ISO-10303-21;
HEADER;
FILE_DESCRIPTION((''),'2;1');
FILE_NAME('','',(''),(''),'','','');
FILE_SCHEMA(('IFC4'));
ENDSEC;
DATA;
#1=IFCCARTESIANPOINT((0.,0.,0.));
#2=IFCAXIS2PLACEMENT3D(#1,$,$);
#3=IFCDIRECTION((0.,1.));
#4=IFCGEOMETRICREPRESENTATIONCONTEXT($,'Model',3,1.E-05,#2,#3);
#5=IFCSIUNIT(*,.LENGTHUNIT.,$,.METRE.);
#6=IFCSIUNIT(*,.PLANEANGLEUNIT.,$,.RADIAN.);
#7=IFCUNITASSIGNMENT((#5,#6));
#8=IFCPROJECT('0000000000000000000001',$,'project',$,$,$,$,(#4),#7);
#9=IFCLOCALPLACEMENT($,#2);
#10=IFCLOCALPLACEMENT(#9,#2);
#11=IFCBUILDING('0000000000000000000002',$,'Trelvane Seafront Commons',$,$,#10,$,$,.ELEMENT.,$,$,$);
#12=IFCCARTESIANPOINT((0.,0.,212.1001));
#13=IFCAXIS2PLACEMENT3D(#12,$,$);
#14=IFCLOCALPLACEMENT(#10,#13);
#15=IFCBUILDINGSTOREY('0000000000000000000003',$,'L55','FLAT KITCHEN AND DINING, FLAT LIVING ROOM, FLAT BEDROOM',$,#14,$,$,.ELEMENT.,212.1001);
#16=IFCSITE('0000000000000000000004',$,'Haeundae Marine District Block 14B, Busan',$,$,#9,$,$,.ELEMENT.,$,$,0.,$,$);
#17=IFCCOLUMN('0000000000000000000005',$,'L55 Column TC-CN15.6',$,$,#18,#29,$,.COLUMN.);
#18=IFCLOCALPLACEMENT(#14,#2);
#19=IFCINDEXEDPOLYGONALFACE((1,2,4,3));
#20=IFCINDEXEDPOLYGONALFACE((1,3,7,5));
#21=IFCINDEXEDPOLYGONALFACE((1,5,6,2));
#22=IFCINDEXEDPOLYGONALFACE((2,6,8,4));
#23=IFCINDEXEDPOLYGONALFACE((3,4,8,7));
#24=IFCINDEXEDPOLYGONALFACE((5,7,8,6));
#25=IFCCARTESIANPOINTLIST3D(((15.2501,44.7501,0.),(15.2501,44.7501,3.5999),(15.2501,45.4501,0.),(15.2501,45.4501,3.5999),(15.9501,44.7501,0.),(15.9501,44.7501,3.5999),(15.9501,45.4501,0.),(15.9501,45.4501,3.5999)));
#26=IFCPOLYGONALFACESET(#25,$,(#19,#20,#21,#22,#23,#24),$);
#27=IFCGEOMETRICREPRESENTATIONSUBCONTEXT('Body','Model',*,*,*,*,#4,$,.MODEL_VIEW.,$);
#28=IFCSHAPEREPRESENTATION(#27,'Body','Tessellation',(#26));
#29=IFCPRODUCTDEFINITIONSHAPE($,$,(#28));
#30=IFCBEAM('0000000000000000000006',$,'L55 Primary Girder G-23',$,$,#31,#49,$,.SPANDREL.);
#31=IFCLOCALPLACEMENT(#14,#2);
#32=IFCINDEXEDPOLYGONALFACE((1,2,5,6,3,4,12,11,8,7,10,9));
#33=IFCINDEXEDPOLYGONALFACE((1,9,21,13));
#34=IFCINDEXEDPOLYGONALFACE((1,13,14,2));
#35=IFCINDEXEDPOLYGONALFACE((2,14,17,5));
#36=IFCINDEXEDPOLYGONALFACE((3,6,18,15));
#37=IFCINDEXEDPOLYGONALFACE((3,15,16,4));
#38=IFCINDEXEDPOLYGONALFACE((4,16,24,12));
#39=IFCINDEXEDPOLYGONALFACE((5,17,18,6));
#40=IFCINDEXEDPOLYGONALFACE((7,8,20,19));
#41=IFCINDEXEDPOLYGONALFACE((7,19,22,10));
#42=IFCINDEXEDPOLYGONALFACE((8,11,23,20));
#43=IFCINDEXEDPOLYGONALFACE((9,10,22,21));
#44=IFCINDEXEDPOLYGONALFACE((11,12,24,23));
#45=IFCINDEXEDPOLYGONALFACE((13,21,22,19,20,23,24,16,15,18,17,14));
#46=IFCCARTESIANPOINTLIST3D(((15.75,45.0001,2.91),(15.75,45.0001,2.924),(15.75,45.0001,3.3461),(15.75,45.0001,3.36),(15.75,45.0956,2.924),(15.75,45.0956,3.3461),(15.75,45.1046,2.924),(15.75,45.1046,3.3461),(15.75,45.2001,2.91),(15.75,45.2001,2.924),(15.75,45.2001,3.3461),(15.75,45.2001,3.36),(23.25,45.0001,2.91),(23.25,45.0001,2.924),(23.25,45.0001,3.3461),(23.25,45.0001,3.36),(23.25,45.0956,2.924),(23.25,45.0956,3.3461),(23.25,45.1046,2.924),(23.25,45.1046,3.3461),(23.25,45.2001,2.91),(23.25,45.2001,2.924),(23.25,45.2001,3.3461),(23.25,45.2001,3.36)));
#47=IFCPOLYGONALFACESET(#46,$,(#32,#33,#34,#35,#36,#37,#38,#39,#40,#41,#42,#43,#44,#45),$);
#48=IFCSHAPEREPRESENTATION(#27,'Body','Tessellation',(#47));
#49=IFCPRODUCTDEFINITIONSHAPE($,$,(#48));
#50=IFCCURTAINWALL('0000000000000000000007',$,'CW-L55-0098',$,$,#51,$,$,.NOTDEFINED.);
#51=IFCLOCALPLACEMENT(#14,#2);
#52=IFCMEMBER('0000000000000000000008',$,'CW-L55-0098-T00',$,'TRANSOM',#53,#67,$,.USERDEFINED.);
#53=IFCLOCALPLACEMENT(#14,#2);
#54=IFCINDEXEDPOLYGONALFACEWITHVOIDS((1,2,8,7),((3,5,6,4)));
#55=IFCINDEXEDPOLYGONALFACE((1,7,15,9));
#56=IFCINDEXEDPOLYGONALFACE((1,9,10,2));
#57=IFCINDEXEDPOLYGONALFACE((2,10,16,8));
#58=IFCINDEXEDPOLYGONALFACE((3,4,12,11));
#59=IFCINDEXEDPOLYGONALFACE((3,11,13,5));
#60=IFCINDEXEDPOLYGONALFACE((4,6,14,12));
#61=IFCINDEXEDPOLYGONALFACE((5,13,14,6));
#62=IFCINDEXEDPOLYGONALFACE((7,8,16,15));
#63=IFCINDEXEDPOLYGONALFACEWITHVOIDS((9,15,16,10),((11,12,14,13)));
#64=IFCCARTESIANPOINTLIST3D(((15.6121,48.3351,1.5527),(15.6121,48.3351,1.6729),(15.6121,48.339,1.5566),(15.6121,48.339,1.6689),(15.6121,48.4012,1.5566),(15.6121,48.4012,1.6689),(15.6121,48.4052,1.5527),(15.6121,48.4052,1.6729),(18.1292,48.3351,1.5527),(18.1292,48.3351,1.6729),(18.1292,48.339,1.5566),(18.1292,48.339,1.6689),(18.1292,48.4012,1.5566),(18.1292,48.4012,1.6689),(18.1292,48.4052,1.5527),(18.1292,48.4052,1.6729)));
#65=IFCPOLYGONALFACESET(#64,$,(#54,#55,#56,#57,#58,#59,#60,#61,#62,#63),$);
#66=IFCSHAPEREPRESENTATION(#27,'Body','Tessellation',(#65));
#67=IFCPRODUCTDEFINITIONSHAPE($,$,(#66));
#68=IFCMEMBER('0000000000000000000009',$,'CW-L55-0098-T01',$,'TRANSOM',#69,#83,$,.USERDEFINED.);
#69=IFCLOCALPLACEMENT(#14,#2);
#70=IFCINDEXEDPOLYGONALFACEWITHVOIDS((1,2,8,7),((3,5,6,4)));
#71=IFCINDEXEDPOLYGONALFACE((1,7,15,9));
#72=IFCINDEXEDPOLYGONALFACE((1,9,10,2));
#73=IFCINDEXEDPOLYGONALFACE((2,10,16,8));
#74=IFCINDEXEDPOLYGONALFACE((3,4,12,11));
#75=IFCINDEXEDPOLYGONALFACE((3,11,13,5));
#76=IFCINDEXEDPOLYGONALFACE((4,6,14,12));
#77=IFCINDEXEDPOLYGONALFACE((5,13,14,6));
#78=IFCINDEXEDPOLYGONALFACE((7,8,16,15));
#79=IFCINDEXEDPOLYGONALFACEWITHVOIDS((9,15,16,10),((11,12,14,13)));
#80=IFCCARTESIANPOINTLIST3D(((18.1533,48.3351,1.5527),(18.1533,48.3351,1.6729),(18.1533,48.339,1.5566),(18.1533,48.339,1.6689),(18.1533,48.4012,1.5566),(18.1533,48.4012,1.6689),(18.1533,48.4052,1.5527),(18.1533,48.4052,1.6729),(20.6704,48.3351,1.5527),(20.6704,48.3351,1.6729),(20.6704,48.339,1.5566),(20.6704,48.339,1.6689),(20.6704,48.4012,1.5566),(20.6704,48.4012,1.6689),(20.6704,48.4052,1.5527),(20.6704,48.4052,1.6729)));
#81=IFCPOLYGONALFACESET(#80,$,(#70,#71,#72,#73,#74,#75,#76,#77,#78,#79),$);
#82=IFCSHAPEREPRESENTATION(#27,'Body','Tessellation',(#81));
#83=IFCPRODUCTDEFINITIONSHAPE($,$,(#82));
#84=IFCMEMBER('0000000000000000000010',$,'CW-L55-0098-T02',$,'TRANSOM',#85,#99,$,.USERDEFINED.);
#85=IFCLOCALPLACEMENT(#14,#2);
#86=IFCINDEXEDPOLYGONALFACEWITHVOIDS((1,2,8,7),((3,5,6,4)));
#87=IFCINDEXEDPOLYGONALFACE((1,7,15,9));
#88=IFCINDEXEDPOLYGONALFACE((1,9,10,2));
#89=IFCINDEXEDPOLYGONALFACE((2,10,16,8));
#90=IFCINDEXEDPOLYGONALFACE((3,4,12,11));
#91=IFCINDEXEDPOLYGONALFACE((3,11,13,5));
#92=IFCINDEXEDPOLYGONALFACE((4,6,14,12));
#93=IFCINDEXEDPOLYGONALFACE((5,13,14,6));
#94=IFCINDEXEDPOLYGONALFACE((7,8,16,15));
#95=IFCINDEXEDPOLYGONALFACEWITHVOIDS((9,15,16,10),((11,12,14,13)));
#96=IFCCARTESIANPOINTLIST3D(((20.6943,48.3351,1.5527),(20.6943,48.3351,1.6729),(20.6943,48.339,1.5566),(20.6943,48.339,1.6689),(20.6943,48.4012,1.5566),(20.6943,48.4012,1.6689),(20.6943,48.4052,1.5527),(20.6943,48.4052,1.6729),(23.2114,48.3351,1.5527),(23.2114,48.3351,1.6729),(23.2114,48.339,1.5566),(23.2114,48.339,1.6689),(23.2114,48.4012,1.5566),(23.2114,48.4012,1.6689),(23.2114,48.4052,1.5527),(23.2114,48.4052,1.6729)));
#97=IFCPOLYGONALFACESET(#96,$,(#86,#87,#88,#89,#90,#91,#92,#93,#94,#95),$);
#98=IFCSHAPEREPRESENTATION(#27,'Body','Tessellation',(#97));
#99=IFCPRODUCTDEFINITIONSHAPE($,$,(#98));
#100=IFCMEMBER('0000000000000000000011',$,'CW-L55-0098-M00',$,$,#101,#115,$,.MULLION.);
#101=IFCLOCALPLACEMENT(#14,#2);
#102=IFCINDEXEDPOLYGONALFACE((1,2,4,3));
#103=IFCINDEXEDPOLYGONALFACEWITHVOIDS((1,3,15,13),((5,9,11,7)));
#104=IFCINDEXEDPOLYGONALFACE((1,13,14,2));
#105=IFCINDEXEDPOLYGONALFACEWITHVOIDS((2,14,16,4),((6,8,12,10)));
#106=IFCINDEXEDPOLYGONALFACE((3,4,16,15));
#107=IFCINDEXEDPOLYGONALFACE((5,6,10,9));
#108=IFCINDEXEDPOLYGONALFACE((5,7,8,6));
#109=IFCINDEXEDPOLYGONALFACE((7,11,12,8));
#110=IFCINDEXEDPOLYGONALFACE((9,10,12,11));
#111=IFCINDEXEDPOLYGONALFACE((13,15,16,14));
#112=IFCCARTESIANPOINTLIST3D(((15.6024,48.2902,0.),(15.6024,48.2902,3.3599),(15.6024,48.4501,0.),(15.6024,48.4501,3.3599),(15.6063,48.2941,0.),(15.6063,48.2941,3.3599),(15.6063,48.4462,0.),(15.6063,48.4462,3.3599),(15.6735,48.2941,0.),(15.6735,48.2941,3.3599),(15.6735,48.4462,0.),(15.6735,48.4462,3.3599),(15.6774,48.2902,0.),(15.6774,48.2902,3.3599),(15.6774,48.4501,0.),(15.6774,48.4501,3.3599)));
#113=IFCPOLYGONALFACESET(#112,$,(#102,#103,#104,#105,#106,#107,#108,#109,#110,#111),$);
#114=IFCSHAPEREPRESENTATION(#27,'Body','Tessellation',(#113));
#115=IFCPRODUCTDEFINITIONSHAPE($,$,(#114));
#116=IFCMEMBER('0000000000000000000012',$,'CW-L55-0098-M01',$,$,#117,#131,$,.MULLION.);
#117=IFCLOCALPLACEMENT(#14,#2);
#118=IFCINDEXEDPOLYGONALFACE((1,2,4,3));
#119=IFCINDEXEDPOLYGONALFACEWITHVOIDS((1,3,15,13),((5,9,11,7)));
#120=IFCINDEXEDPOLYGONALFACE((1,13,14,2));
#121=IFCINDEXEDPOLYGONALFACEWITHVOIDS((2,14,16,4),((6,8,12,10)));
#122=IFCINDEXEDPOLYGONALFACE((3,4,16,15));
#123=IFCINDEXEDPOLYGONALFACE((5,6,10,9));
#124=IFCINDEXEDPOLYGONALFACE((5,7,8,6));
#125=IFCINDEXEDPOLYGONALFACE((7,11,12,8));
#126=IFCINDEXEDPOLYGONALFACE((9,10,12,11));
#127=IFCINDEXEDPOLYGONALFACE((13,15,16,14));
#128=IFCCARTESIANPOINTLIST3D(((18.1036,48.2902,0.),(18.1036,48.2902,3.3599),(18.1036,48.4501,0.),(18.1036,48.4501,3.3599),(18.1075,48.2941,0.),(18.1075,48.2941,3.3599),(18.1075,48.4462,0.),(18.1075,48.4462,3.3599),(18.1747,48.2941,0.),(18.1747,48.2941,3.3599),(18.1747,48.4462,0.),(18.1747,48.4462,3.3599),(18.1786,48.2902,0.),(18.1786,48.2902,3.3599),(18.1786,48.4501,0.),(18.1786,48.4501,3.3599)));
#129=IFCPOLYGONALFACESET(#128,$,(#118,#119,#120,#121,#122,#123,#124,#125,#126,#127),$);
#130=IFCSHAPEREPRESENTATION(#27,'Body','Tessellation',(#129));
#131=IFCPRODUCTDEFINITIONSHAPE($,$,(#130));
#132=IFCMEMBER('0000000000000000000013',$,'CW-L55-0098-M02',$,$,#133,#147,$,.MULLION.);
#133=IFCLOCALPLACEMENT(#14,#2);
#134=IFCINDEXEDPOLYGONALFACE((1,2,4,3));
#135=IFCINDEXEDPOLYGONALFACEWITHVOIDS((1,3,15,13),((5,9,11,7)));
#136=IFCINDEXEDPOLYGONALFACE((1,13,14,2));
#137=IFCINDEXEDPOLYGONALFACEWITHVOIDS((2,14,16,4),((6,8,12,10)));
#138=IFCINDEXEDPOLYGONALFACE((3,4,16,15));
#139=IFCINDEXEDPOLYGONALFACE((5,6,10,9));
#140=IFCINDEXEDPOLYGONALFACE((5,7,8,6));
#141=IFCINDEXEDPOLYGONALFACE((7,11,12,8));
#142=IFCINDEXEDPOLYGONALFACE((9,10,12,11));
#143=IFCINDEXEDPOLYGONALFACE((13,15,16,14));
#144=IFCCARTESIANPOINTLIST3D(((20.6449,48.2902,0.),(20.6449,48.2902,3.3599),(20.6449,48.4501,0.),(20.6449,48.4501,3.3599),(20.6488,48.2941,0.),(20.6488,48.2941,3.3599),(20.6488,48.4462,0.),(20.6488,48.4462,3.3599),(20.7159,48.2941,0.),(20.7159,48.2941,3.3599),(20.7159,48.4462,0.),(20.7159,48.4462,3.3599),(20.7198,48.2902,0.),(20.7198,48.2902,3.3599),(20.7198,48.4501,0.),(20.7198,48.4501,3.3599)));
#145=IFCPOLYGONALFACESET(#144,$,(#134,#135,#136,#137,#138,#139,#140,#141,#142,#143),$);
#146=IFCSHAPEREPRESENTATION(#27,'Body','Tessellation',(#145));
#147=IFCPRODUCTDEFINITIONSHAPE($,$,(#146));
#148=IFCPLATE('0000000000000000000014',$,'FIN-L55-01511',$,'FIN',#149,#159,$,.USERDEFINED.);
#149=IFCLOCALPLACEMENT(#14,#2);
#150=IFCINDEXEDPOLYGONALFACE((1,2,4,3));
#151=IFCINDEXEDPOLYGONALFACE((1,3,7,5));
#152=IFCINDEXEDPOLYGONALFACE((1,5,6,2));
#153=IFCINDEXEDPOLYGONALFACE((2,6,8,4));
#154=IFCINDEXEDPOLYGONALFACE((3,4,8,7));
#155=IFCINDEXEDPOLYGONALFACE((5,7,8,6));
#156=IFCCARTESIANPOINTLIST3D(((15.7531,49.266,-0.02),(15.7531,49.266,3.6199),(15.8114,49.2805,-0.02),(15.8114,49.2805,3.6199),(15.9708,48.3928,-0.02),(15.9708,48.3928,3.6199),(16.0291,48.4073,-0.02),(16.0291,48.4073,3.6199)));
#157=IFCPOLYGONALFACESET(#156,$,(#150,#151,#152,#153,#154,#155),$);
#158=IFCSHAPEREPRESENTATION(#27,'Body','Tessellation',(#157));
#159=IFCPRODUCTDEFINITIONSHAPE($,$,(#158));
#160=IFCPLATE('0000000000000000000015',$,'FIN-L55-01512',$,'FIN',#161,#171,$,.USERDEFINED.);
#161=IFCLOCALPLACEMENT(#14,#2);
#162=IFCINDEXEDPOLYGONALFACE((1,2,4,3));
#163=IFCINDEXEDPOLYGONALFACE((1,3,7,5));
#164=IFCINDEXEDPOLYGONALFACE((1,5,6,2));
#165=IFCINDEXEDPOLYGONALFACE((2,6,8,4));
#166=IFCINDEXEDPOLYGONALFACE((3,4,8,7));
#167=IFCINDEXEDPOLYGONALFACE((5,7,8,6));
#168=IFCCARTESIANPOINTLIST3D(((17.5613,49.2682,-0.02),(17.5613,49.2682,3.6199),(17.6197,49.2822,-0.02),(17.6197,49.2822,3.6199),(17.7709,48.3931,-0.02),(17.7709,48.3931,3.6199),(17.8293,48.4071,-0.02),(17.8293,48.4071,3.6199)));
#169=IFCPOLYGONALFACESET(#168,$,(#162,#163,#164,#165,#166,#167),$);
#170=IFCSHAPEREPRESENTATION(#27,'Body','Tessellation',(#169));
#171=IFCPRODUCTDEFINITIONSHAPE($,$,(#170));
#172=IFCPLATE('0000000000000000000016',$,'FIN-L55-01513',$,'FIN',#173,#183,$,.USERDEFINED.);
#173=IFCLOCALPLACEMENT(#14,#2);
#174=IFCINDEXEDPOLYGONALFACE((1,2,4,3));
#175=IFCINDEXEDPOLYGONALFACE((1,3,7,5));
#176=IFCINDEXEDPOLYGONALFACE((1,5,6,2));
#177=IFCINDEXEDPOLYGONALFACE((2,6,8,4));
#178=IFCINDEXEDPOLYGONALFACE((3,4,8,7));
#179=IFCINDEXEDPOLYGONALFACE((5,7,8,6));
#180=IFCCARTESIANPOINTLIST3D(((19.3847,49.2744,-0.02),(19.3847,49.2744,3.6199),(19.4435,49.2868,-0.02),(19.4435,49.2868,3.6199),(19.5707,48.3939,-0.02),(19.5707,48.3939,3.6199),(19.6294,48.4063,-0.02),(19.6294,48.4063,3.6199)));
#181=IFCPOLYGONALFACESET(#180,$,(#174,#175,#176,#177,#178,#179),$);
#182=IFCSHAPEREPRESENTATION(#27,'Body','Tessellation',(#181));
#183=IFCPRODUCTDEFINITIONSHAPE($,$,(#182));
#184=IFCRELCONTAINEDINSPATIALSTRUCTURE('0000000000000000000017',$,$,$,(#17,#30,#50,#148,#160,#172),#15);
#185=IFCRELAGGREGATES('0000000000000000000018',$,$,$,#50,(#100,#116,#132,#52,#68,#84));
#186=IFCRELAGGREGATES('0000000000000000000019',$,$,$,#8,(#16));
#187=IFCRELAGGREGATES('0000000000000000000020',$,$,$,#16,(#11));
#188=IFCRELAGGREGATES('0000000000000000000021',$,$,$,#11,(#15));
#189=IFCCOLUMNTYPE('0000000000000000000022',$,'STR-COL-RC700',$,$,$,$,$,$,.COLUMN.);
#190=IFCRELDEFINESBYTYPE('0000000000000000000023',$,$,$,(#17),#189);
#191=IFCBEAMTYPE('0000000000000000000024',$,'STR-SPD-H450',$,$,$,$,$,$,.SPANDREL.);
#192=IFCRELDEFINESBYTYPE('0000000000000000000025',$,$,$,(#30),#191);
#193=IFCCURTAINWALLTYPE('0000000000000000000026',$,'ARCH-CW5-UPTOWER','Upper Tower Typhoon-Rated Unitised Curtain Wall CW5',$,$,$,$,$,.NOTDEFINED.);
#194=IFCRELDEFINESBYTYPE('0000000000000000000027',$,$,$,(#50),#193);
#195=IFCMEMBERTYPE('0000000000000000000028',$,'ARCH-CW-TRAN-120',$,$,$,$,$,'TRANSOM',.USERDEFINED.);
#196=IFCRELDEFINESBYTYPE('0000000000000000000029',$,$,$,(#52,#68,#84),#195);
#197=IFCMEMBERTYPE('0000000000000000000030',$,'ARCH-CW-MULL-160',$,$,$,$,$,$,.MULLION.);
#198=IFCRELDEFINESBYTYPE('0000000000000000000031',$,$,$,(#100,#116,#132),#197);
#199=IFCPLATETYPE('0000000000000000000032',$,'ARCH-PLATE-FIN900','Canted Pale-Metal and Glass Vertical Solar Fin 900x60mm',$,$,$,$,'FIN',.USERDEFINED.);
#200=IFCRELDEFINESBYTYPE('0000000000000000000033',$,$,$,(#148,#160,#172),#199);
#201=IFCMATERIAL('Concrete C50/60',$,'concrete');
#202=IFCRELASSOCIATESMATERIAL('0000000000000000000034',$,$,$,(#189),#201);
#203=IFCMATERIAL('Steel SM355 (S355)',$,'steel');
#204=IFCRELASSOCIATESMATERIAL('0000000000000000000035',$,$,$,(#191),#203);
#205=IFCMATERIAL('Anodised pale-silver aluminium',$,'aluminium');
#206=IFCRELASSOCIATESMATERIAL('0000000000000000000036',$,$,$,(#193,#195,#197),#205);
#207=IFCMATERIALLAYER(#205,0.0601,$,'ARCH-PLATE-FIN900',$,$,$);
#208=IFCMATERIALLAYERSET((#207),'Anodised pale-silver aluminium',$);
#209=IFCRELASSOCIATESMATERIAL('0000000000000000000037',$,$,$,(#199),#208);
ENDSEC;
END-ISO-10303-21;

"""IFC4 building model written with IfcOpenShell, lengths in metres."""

from ifc_helpers import new_model, si_unit, direction, frame, origin, origin_2d, place, context, subcontext, project, spatial, rectangle, hollow_rectangle, i_section, extrude, source, transform, mapped, material, layer, layer_set, material_profile, profile_set, type_object, element, aggregate, save


model = new_model("IFC4")

# Units and contexts
model_context = context("Model", 3, precision=1e-05, world=origin(), true_north=direction((0.0, 1.0)))
body_context = subcontext(model_context, "Body", "Model", "MODEL_VIEW")
ifc_project = project(units=[si_unit("LENGTHUNIT", "METRE"), si_unit("PLANEANGLEUNIT", "RADIAN")], contexts=[model_context])

# Site, building, storey
site_placement = place(None, origin())
site = spatial("IfcSite", under=ifc_project, at=site_placement, Name="Haeundae Marine District Block 14B, Busan", CompositionType="ELEMENT", RefElevation=0.0)
building_placement = place(site_placement, origin())
building = spatial("IfcBuilding", under=site, at=building_placement, Name="Trelvane Seafront Commons", CompositionType="ELEMENT")
storey_placement = place(building_placement, frame((0.0, 0.0, 212.1001)))
storey = spatial("IfcBuildingStorey", under=building, at=storey_placement, Name="L55", Description="FLAT KITCHEN AND DINING, FLAT LIVING ROOM, FLAT BEDROOM", CompositionType="ELEMENT", Elevation=212.1001)

# Column
ifc_material_1 = material(Name="Concrete C50/60", Category="concrete")
ifc_material_profile_1 = material_profile(ifc_material_1, rectangle(XDim=0.7, YDim=0.7, at=origin_2d()), Name="RC-700x700")
ifc_profile_set_1 = profile_set([ifc_material_profile_1], Name="Concrete C50/60")
column_type = type_object("IfcColumnType", Name="STR-COL-RC700", PredefinedType="COLUMN", material=ifc_profile_set_1)
shared_shape_1 = source(origin(), body_context, "Body", "SweptSolid", [
    extrude(rectangle(XDim=0.7, YDim=0.7, at=origin_2d()), origin(), (0.0, 0.0, 1.0), 3.5999),
])
column_placement = place(storey_placement, frame((15.6001, 45.1001, 0.0), z_axis=(0.0, 0.0, 1.0), x_axis=(1.0, 0.0, 0.0)))
element("IfcColumn", 1, at=column_placement, inside=storey, type_object=column_type, Name="L55 Column TC-CN15.6", PredefinedType="COLUMN", context=body_context, shape_type="MappedRepresentation", body=[
    mapped(shared_shape_1, transform((0.0, 0.0, 0.0), x_axis=(1.0, 0.0, 0.0), y_axis=(0.0, 1.0, 0.0), z_axis=(0.0, 0.0, 1.0), scale=1.0)),
])

# Beam
ifc_material_2 = material(Name="Steel SM355 (S355)", Category="steel")
ifc_material_profile_2 = material_profile(ifc_material_2, i_section(OverallWidth=0.2, OverallDepth=0.45, WebThickness=0.009, FlangeThickness=0.0139, at=origin_2d()), Name="H-450x200x9x14")
ifc_profile_set_2 = profile_set([ifc_material_profile_2], Name="Steel SM355 (S355)")
beam_type = type_object("IfcBeamType", Name="STR-SPD-H450", PredefinedType="SPANDREL", material=ifc_profile_set_2)
shared_shape_2 = source(origin(), body_context, "Body", "SweptSolid", [
    extrude(i_section(OverallWidth=0.2, OverallDepth=0.45, WebThickness=0.009, FlangeThickness=0.0139, at=origin_2d()), origin(), (0.0, 0.0, 1.0), 7.5),
])
beam_placement = place(storey_placement, frame((15.75, 45.1001, 3.135), z_axis=(1.0, 0.0, 0.0), x_axis=(0.0, 1.0, 0.0)))
element("IfcBeam", 2, at=beam_placement, inside=storey, type_object=beam_type, Name="L55 Primary Girder G-23", PredefinedType="SPANDREL", context=body_context, shape_type="MappedRepresentation", body=[
    mapped(shared_shape_2, transform((0.0, 0.0, 0.0), x_axis=(1.0, 0.0, 0.0), y_axis=(0.0, 1.0, 0.0), z_axis=(0.0, 0.0, 1.0), scale=1.0)),
])

# Curtain wall, members
ifc_material_3 = material(Name="Anodised pale-silver aluminium", Category="aluminium")
curtain_wall_type = type_object("IfcCurtainWallType", Name="ARCH-CW5-UPTOWER", Description="Upper Tower Typhoon-Rated Unitised Curtain Wall CW5", PredefinedType="NOTDEFINED", material=ifc_material_3)
curtain_wall_placement = place(storey_placement, origin())
curtain_wall = element("IfcCurtainWall", 3, at=curtain_wall_placement, inside=storey, type_object=curtain_wall_type, Name="CW-L55-0098", PredefinedType="NOTDEFINED")
ifc_material_profile_3 = material_profile(ifc_material_3, hollow_rectangle(XDim=0.0701, YDim=0.1201, WallThickness=0.0039, at=origin_2d()), Name="TRAN-70x120x4")
ifc_profile_set_3 = profile_set([ifc_material_profile_3], Name="Anodised pale-silver aluminium")
member_type_1 = type_object("IfcMemberType", Name="ARCH-CW-TRAN-120", ElementType="TRANSOM", PredefinedType="USERDEFINED", material=ifc_profile_set_3)
shared_shape_3 = source(origin(), body_context, "Body", "SweptSolid", [
    extrude(hollow_rectangle(XDim=0.0701, YDim=0.1201, WallThickness=0.0039, at=origin_2d()), origin(), (0.0, 0.0, 1.0), 2.5171),
])
member_1_placement = place(storey_placement, frame((15.6121, 48.3701, 1.6128), z_axis=(1.0, 0.0, 0.0), x_axis=(0.0, 1.0, 0.0)))
member_1 = element("IfcMember", 4, at=member_1_placement, type_object=member_type_1, Name="CW-L55-0098-T00", ObjectType="TRANSOM", PredefinedType="USERDEFINED", context=body_context, shape_type="MappedRepresentation", body=[
    mapped(shared_shape_3, transform((0.0, 0.0, 0.0), x_axis=(1.0, 0.0, 0.0), y_axis=(0.0, 1.0, 0.0), z_axis=(0.0, 0.0, 1.0), scale=1.0)),
])
member_2_placement = place(storey_placement, frame((18.1533, 48.3701, 1.6128), z_axis=(1.0, 0.0, 0.0), x_axis=(0.0, 1.0, 0.0)))
member_2 = element("IfcMember", 5, at=member_2_placement, type_object=member_type_1, Name="CW-L55-0098-T01", ObjectType="TRANSOM", PredefinedType="USERDEFINED", context=body_context, shape_type="MappedRepresentation", body=[
    mapped(shared_shape_3, transform((0.0, 0.0, 0.0), x_axis=(1.0, 0.0, 0.0), y_axis=(0.0, 1.0, 0.0), z_axis=(0.0, 0.0, 1.0), scale=1.0)),
])
member_3_placement = place(storey_placement, frame((20.6943, 48.3701, 1.6128), z_axis=(1.0, 0.0, 0.0), x_axis=(0.0, 1.0, 0.0)))
member_3 = element("IfcMember", 6, at=member_3_placement, type_object=member_type_1, Name="CW-L55-0098-T02", ObjectType="TRANSOM", PredefinedType="USERDEFINED", context=body_context, shape_type="MappedRepresentation", body=[
    mapped(shared_shape_3, transform((0.0, 0.0, 0.0), x_axis=(1.0, 0.0, 0.0), y_axis=(0.0, 1.0, 0.0), z_axis=(0.0, 0.0, 1.0), scale=1.0)),
])
ifc_material_profile_4 = material_profile(ifc_material_3, hollow_rectangle(XDim=0.075, YDim=0.1599, WallThickness=0.0039, at=origin_2d()), Name="MULL-75x160x4")
ifc_profile_set_4 = profile_set([ifc_material_profile_4], Name="Anodised pale-silver aluminium")
member_type_2 = type_object("IfcMemberType", Name="ARCH-CW-MULL-160", PredefinedType="MULLION", material=ifc_profile_set_4)
shared_shape_4 = source(origin(), body_context, "Body", "SweptSolid", [
    extrude(hollow_rectangle(XDim=0.075, YDim=0.1599, WallThickness=0.0039, at=origin_2d()), origin(), (0.0, 0.0, 1.0), 3.3599),
])
member_4_placement = place(storey_placement, frame((15.6399, 48.3701, 0.0), z_axis=(0.0, 0.0, 1.0), x_axis=(1.0, 0.0, 0.0)))
member_4 = element("IfcMember", 7, at=member_4_placement, type_object=member_type_2, Name="CW-L55-0098-M00", PredefinedType="MULLION", context=body_context, shape_type="MappedRepresentation", body=[
    mapped(shared_shape_4, transform((0.0, 0.0, 0.0), x_axis=(1.0, 0.0, 0.0), y_axis=(0.0, 1.0, 0.0), z_axis=(0.0, 0.0, 1.0), scale=1.0)),
])
member_5_placement = place(storey_placement, frame((18.1411, 48.3701, 0.0), z_axis=(0.0, 0.0, 1.0), x_axis=(1.0, 0.0, 0.0)))
member_5 = element("IfcMember", 8, at=member_5_placement, type_object=member_type_2, Name="CW-L55-0098-M01", PredefinedType="MULLION", context=body_context, shape_type="MappedRepresentation", body=[
    mapped(shared_shape_4, transform((0.0, 0.0, 0.0), x_axis=(1.0, 0.0, 0.0), y_axis=(0.0, 1.0, 0.0), z_axis=(0.0, 0.0, 1.0), scale=1.0)),
])
member_6_placement = place(storey_placement, frame((20.6824, 48.3701, 0.0), z_axis=(0.0, 0.0, 1.0), x_axis=(1.0, 0.0, 0.0)))
member_6 = element("IfcMember", 9, at=member_6_placement, type_object=member_type_2, Name="CW-L55-0098-M02", PredefinedType="MULLION", context=body_context, shape_type="MappedRepresentation", body=[
    mapped(shared_shape_4, transform((0.0, 0.0, 0.0), x_axis=(1.0, 0.0, 0.0), y_axis=(0.0, 1.0, 0.0), z_axis=(0.0, 0.0, 1.0), scale=1.0)),
])

# Plates
ifc_layer_1 = layer(ifc_material_3, 0.0601, Name="ARCH-PLATE-FIN900")
ifc_layer_set_1 = layer_set([ifc_layer_1], Name="Anodised pale-silver aluminium")
plate_type_1 = type_object("IfcPlateType", Name="ARCH-PLATE-FIN900", Description="Canted Pale-Metal and Glass Vertical Solar Fin 900x60mm", ElementType="FIN", PredefinedType="USERDEFINED", material=ifc_layer_set_1)
shared_shape_5 = source(origin(), body_context, "Body", "SweptSolid", [
    extrude(rectangle(XDim=0.8999, YDim=0.0601, at=origin_2d()), origin(), (0.0, 0.0, 1.0), 3.6399),
])
for number, where, z_axis, x_axis, name in (
    (10, (15.8911, 48.8367, -0.02), (0.0, 0.0, 1.0), (-0.241881, 0.970306, 0.0), "FIN-L55-01511"),
    (11, (17.6953, 48.8376, -0.02), (0.0, 0.0, 1.0), (-0.232877, 0.972506, 0.0), "FIN-L55-01512"),
    (12, (19.5071, 48.8403, -0.02), (0.0, 0.0, 1.0), (-0.20666, 0.978413, 0.0), "FIN-L55-01513"),
):
    element("IfcPlate", number, at=place(storey_placement, frame(where, z_axis=z_axis, x_axis=x_axis)), inside=storey, type_object=plate_type_1, Name=name, ObjectType="FIN", PredefinedType="USERDEFINED", context=body_context, shape_type="MappedRepresentation", body=[
        mapped(shared_shape_5, transform((0.0, 0.0, 0.0), x_axis=(1.0, 0.0, 0.0), y_axis=(0.0, 1.0, 0.0), z_axis=(0.0, 0.0, 1.0), scale=1.0)),
    ])

aggregate(curtain_wall, [member_4, member_5, member_6, member_1, member_2, member_3])

save(model, "model.ifc")
